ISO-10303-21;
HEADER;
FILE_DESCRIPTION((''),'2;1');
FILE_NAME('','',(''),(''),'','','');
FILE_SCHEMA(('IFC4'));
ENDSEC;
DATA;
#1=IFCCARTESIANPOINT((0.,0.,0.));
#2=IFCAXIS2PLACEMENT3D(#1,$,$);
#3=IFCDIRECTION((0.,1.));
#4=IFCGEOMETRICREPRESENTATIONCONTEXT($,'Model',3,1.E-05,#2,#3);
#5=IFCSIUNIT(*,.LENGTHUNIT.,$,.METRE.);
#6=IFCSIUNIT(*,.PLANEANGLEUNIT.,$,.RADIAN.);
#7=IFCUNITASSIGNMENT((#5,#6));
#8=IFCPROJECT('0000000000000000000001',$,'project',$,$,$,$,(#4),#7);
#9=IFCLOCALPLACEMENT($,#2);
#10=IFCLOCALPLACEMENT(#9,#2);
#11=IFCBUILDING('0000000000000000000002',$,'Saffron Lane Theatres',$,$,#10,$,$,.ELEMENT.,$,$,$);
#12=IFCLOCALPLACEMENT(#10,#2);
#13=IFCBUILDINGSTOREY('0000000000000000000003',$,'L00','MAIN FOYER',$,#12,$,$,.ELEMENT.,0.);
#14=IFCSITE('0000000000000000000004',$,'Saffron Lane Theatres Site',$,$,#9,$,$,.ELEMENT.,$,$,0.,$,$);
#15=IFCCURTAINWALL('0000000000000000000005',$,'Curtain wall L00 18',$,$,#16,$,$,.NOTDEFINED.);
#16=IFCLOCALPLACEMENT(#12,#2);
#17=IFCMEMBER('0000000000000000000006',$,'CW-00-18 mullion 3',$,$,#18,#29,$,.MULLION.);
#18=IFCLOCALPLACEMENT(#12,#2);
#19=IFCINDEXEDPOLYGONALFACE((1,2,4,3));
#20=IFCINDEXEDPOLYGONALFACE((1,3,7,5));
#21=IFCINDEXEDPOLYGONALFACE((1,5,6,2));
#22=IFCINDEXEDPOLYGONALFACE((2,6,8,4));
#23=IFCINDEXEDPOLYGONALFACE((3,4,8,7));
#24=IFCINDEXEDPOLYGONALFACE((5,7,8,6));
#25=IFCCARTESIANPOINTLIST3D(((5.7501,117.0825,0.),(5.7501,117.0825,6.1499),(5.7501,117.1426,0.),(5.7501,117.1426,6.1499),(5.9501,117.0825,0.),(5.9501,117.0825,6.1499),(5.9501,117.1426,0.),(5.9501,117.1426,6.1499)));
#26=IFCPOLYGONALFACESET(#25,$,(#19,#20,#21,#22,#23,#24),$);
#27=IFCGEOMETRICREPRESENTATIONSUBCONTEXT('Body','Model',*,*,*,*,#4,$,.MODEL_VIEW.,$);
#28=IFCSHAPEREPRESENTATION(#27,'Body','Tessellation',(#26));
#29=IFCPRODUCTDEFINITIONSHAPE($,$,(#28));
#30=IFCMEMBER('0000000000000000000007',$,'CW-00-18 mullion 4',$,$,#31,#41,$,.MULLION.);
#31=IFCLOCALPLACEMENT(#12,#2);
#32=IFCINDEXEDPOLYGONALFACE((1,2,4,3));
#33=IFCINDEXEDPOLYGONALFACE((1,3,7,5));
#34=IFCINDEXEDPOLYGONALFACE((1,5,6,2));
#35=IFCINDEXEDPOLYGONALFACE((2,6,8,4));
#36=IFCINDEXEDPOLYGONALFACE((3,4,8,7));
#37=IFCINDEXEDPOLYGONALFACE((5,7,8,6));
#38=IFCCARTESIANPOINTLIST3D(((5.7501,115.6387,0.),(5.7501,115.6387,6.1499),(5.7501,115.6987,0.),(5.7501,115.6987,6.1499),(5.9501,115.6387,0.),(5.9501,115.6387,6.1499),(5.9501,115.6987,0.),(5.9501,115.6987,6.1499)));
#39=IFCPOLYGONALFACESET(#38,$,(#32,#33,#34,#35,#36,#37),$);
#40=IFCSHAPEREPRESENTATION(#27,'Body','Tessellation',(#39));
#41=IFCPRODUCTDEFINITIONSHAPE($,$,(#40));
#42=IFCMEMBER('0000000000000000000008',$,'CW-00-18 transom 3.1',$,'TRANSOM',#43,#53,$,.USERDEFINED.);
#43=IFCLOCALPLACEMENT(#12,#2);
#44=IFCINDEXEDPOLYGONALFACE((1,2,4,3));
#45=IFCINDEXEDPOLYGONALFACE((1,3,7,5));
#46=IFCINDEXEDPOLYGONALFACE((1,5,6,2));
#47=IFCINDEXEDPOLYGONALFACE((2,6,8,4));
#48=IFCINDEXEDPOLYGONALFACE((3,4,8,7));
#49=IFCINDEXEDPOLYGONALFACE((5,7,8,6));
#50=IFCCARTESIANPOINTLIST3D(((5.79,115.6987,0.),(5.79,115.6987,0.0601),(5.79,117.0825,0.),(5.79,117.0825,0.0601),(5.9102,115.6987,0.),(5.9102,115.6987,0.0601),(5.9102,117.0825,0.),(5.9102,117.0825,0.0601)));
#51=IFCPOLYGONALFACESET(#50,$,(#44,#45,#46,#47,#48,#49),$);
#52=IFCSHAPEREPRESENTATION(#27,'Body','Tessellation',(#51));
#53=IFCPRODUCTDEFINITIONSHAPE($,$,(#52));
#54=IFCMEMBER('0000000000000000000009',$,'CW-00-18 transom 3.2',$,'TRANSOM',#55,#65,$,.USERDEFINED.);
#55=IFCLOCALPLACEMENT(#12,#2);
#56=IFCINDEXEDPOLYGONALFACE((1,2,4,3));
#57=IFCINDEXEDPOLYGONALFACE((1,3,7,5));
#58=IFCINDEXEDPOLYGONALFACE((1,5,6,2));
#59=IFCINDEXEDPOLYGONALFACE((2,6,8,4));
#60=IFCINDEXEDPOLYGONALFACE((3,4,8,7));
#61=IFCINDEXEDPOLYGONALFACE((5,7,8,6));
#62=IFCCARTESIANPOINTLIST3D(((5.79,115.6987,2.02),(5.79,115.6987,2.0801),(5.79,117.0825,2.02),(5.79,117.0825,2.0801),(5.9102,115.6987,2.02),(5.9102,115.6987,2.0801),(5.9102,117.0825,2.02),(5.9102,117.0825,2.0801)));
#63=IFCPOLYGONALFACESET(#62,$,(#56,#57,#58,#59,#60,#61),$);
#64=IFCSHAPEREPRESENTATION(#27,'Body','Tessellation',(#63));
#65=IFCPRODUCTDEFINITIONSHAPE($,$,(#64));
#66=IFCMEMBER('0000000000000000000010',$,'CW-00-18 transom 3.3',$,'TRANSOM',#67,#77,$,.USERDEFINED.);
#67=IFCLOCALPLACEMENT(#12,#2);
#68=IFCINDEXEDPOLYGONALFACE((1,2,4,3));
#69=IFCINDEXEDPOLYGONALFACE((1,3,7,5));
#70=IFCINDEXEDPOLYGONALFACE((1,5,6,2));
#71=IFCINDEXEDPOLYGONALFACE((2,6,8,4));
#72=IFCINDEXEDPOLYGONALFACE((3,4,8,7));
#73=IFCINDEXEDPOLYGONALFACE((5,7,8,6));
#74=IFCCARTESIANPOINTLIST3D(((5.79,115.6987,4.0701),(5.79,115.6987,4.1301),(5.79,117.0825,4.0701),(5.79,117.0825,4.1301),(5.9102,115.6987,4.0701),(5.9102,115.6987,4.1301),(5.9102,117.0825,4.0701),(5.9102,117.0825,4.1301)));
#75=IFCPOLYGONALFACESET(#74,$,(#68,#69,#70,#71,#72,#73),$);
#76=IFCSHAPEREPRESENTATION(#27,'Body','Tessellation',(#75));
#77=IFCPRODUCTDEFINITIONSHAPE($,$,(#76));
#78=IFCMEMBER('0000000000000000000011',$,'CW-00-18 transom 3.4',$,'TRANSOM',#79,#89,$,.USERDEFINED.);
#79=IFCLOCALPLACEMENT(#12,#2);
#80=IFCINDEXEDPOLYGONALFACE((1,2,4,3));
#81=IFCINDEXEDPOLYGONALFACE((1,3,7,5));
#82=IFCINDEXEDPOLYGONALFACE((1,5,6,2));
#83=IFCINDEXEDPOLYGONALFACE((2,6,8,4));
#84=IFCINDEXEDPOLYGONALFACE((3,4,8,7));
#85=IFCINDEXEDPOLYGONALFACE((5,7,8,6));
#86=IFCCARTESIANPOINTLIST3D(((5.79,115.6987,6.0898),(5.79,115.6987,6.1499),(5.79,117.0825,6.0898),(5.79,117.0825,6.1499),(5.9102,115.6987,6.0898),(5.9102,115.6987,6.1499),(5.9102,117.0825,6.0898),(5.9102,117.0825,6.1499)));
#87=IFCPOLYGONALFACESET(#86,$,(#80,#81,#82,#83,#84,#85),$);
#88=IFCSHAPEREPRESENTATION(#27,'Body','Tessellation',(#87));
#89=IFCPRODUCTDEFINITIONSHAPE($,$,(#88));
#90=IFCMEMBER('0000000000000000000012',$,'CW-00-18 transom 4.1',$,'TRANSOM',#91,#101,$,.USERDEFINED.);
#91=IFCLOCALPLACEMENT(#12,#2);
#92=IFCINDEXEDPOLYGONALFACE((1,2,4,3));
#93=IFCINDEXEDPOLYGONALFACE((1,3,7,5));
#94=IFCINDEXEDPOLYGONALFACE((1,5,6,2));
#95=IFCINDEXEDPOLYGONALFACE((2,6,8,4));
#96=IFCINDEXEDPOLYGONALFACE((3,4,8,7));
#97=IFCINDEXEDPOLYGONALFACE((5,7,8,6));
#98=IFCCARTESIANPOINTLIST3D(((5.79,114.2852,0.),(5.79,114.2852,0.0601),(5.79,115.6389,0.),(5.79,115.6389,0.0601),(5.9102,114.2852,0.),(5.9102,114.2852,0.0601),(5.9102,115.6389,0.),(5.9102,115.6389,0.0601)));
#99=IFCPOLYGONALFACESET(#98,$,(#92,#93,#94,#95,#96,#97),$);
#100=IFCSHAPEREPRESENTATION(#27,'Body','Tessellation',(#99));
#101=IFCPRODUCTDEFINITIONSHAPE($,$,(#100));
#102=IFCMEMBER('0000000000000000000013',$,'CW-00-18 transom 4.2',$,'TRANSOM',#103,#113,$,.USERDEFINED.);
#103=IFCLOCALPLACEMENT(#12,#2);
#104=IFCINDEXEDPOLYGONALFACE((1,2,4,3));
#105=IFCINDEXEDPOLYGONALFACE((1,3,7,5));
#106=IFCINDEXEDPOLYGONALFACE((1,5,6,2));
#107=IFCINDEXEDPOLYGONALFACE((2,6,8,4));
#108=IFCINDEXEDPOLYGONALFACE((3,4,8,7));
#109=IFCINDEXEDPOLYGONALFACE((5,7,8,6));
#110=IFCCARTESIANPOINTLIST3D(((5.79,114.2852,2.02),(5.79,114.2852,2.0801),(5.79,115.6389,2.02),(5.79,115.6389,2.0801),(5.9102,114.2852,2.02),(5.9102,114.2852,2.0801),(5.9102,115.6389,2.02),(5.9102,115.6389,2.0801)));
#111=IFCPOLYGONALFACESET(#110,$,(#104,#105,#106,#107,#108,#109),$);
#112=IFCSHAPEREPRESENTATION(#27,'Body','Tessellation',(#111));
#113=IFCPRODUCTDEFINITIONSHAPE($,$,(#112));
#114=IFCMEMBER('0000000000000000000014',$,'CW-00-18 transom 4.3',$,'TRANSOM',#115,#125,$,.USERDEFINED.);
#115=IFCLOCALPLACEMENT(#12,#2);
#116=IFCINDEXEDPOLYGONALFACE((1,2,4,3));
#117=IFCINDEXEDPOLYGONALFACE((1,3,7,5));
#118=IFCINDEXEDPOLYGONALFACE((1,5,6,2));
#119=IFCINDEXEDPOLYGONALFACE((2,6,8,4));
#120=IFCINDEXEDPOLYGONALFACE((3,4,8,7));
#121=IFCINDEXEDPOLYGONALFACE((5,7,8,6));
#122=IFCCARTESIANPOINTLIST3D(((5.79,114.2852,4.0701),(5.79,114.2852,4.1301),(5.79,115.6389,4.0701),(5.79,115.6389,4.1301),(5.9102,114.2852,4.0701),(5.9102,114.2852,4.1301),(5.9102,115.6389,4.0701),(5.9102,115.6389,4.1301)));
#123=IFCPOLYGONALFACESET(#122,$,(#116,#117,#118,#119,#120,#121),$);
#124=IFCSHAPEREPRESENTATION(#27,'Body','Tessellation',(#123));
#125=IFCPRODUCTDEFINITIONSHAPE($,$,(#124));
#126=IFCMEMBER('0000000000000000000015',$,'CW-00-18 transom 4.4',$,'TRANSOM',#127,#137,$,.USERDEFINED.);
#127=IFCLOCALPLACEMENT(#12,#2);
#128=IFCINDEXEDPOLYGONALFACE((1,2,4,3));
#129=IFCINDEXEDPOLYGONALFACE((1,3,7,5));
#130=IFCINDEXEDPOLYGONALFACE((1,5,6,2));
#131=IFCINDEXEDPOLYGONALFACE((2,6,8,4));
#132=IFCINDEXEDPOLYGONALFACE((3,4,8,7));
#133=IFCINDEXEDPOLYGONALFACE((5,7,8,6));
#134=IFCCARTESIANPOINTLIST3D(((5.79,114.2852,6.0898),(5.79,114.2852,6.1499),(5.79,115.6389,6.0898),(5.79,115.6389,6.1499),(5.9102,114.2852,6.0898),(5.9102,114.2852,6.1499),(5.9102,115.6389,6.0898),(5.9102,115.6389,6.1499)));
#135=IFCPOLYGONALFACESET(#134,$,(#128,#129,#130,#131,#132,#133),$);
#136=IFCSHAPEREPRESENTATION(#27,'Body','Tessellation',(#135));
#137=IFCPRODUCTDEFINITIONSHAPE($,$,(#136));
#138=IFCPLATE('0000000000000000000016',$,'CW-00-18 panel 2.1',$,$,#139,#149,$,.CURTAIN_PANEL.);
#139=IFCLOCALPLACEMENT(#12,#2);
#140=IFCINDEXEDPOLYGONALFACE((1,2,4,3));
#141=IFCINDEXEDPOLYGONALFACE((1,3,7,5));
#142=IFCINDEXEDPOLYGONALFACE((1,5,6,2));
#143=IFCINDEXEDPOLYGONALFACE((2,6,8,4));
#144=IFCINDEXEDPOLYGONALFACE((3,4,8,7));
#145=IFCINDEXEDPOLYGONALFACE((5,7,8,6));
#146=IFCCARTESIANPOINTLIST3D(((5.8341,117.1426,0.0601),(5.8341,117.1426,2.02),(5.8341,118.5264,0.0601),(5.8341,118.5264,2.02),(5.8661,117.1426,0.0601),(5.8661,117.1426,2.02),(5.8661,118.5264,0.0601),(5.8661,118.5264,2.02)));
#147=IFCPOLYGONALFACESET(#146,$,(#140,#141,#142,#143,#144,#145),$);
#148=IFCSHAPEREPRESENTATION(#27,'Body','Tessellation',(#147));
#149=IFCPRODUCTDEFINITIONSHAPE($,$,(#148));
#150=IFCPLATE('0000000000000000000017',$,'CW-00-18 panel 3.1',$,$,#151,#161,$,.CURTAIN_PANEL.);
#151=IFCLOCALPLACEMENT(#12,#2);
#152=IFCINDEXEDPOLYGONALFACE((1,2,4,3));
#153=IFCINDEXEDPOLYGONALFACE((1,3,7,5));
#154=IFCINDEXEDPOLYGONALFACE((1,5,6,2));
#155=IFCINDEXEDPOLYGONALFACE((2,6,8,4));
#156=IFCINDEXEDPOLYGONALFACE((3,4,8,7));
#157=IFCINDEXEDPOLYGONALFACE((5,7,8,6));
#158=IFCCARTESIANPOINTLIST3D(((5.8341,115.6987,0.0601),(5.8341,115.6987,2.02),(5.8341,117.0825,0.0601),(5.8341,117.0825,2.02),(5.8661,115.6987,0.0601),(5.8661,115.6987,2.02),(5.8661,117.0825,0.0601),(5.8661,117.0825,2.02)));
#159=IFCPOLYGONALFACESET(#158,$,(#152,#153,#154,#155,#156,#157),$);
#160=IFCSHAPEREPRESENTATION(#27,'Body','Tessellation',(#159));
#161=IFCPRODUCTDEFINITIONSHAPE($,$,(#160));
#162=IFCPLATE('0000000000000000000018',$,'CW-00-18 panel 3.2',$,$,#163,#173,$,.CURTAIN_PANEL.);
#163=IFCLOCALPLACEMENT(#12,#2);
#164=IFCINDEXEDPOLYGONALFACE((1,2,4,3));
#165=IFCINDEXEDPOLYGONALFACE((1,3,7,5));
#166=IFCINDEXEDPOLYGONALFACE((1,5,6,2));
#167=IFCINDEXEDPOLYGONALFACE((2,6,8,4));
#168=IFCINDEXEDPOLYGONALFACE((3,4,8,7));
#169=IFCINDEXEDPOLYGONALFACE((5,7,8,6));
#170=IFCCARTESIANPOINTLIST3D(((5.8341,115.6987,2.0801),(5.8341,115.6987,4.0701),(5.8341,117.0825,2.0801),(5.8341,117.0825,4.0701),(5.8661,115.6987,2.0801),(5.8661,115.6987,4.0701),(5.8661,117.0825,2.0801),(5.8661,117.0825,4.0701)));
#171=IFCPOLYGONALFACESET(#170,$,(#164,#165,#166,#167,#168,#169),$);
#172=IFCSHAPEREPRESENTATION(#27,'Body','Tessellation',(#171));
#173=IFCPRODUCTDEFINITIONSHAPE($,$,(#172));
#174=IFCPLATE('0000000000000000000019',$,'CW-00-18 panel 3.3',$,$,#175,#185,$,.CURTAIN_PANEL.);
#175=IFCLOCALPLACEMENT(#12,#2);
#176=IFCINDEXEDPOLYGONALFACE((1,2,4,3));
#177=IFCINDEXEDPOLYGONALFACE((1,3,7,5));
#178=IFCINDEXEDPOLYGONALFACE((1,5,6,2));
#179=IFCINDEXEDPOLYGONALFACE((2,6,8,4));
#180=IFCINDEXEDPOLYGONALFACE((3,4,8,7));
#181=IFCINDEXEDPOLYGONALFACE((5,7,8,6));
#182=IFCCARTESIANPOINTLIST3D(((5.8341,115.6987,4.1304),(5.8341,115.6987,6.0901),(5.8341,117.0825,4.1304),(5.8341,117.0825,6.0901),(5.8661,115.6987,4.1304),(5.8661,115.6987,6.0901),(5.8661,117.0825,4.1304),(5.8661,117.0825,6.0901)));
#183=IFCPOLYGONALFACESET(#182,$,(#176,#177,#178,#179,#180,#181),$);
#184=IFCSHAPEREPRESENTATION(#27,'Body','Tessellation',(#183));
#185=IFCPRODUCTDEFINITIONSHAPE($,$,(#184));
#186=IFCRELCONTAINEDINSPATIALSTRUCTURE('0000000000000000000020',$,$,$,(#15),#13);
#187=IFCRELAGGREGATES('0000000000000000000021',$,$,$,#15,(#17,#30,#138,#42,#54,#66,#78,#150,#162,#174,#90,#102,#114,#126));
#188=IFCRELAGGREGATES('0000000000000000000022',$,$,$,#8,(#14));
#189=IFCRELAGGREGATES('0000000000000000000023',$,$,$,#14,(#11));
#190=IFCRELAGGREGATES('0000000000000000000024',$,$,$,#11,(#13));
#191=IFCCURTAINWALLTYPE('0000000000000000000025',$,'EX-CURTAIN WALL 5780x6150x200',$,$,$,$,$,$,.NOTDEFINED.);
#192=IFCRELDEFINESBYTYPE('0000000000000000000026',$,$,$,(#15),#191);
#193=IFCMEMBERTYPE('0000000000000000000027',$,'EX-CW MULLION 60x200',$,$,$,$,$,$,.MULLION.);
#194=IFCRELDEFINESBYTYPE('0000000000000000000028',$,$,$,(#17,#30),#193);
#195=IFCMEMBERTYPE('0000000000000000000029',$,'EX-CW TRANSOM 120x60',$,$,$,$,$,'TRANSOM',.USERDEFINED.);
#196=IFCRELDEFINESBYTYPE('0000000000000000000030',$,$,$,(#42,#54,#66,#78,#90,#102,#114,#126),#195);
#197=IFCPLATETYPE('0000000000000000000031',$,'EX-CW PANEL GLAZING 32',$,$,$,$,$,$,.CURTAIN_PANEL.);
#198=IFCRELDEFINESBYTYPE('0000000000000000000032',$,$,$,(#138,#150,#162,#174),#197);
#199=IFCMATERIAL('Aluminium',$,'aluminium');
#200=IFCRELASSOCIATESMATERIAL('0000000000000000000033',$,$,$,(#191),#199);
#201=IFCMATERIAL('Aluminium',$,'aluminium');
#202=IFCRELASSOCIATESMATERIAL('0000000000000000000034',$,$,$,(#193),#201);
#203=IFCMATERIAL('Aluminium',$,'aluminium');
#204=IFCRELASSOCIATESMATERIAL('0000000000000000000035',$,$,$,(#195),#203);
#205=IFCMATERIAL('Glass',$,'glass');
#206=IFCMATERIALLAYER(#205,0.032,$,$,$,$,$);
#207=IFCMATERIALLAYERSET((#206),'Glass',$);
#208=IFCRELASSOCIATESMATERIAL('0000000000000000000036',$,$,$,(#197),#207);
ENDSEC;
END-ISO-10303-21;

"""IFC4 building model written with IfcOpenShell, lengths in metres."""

from ifc_helpers import new_model, si_unit, direction, frame, origin, origin_2d, place, context, subcontext, project, spatial, rectangle, extrude, material, layer, layer_set, material_profile, profile_set, type_object, element, aggregate, save


model = new_model("IFC4")

# Units and contexts
model_context = context("Model", 3, precision=1e-05, world=origin(), true_north=direction((0.0, 1.0)))
body_context = subcontext(model_context, "Body", "Model", "MODEL_VIEW")
ifc_project = project(units=[si_unit("LENGTHUNIT", "METRE"), si_unit("PLANEANGLEUNIT", "RADIAN")], contexts=[model_context])

# Site, building, storey
site_placement = place(None, origin())
site = spatial("IfcSite", under=ifc_project, at=site_placement, Name="Saffron Lane Theatres Site", CompositionType="ELEMENT", RefElevation=0.0)
building_placement = place(site_placement, origin())
building = spatial("IfcBuilding", under=site, at=building_placement, Name="Saffron Lane Theatres", CompositionType="ELEMENT")
storey_placement = place(building_placement, origin())
storey = spatial("IfcBuildingStorey", under=building, at=storey_placement, Name="L00", Description="MAIN FOYER", CompositionType="ELEMENT", Elevation=0.0)

# Curtain wall, members, plates
ifc_material_1 = material(Name="Aluminium", Category="aluminium")
curtain_wall_type = type_object("IfcCurtainWallType", Name="EX-CURTAIN WALL 5780x6150x200", PredefinedType="NOTDEFINED", material=ifc_material_1)
curtain_wall_placement = place(storey_placement, origin())
curtain_wall = element("IfcCurtainWall", 1, at=curtain_wall_placement, inside=storey, type_object=curtain_wall_type, Name="Curtain wall L00 18", PredefinedType="NOTDEFINED")
ifc_material_2 = material(Name="Aluminium", Category="aluminium")
ifc_material_profile_1 = material_profile(ifc_material_2, rectangle(XDim=0.0601, YDim=0.2, at=origin_2d()))
ifc_profile_set_1 = profile_set([ifc_material_profile_1], Name="Aluminium")
member_type_1 = type_object("IfcMemberType", Name="EX-CW MULLION 60x200", PredefinedType="MULLION", material=ifc_profile_set_1)
member_1_placement = place(storey_placement, frame((5.8501, 117.1125, 0.0), z_axis=(0.0, 0.0, 1.0), x_axis=(0.0, -1.0, 0.0)))
member_1 = element("IfcMember", 2, at=member_1_placement, type_object=member_type_1, Name="CW-00-18 mullion 3", PredefinedType="MULLION", context=body_context, shape_type="SweptSolid", body=[
    extrude(rectangle(XDim=0.0601, YDim=0.2, at=origin_2d()), origin(), (0.0, 0.0, 1.0), 6.1499),
])
member_2_placement = place(storey_placement, frame((5.8501, 115.6687, 0.0), z_axis=(0.0, 0.0, 1.0), x_axis=(0.0, -1.0, 0.0)))
member_2 = element("IfcMember", 3, at=member_2_placement, type_object=member_type_1, Name="CW-00-18 mullion 4", PredefinedType="MULLION", context=body_context, shape_type="SweptSolid", body=[
    extrude(rectangle(XDim=0.0601, YDim=0.2, at=origin_2d()), origin(), (0.0, 0.0, 1.0), 6.1499),
])
ifc_material_3 = material(Name="Aluminium", Category="aluminium")
ifc_material_profile_2 = material_profile(ifc_material_3, rectangle(XDim=0.1201, YDim=0.0601, at=origin_2d()))
ifc_profile_set_2 = profile_set([ifc_material_profile_2], Name="Aluminium")
member_type_2 = type_object("IfcMemberType", Name="EX-CW TRANSOM 120x60", ElementType="TRANSOM", PredefinedType="USERDEFINED", material=ifc_profile_set_2)
member_3_placement = place(storey_placement, frame((5.8501, 117.0825, 0.03), z_axis=(0.0, -1.0, 0.0), x_axis=(1.0, 0.0, 0.0)))
member_3 = element("IfcMember", 4, at=member_3_placement, type_object=member_type_2, Name="CW-00-18 transom 3.1", ObjectType="TRANSOM", PredefinedType="USERDEFINED", context=body_context, shape_type="SweptSolid", body=[
    extrude(rectangle(XDim=0.1201, YDim=0.0601, at=origin_2d()), origin(), (0.0, 0.0, 1.0), 1.3838),
])
member_4_placement = place(storey_placement, frame((5.8501, 117.0825, 2.05), z_axis=(0.0, -1.0, 0.0), x_axis=(1.0, 0.0, 0.0)))
member_4 = element("IfcMember", 5, at=member_4_placement, type_object=member_type_2, Name="CW-00-18 transom 3.2", ObjectType="TRANSOM", PredefinedType="USERDEFINED", context=body_context, shape_type="SweptSolid", body=[
    extrude(rectangle(XDim=0.1201, YDim=0.0601, at=origin_2d()), origin(), (0.0, 0.0, 1.0), 1.3838),
])
member_5_placement = place(storey_placement, frame((5.8501, 117.0825, 4.1001), z_axis=(0.0, -1.0, 0.0), x_axis=(1.0, 0.0, 0.0)))
member_5 = element("IfcMember", 6, at=member_5_placement, type_object=member_type_2, Name="CW-00-18 transom 3.3", ObjectType="TRANSOM", PredefinedType="USERDEFINED", context=body_context, shape_type="SweptSolid", body=[
    extrude(rectangle(XDim=0.1201, YDim=0.0601, at=origin_2d()), origin(), (0.0, 0.0, 1.0), 1.3838),
])
member_6_placement = place(storey_placement, frame((5.8501, 117.0825, 6.1199), z_axis=(0.0, -1.0, 0.0), x_axis=(1.0, 0.0, 0.0)))
member_6 = element("IfcMember", 7, at=member_6_placement, type_object=member_type_2, Name="CW-00-18 transom 3.4", ObjectType="TRANSOM", PredefinedType="USERDEFINED", context=body_context, shape_type="SweptSolid", body=[
    extrude(rectangle(XDim=0.1201, YDim=0.0601, at=origin_2d()), origin(), (0.0, 0.0, 1.0), 1.3838),
])
member_7_placement = place(storey_placement, frame((5.8501, 115.6389, 0.03), z_axis=(0.0, -1.0, 0.0), x_axis=(1.0, 0.0, 0.0)))
member_7 = element("IfcMember", 8, at=member_7_placement, type_object=member_type_2, Name="CW-00-18 transom 4.1", ObjectType="TRANSOM", PredefinedType="USERDEFINED", context=body_context, shape_type="SweptSolid", body=[
    extrude(rectangle(XDim=0.1201, YDim=0.0601, at=origin_2d()), origin(), (0.0, 0.0, 1.0), 1.3538),
])
member_8_placement = place(storey_placement, frame((5.8501, 115.6389, 2.05), z_axis=(0.0, -1.0, 0.0), x_axis=(1.0, 0.0, 0.0)))
member_8 = element("IfcMember", 9, at=member_8_placement, type_object=member_type_2, Name="CW-00-18 transom 4.2", ObjectType="TRANSOM", PredefinedType="USERDEFINED", context=body_context, shape_type="SweptSolid", body=[
    extrude(rectangle(XDim=0.1201, YDim=0.0601, at=origin_2d()), origin(), (0.0, 0.0, 1.0), 1.3538),
])
member_9_placement = place(storey_placement, frame((5.8501, 115.6389, 4.1001), z_axis=(0.0, -1.0, 0.0), x_axis=(1.0, 0.0, 0.0)))
member_9 = element("IfcMember", 10, at=member_9_placement, type_object=member_type_2, Name="CW-00-18 transom 4.3", ObjectType="TRANSOM", PredefinedType="USERDEFINED", context=body_context, shape_type="SweptSolid", body=[
    extrude(rectangle(XDim=0.1201, YDim=0.0601, at=origin_2d()), origin(), (0.0, 0.0, 1.0), 1.3538),
])
member_10_placement = place(storey_placement, frame((5.8501, 115.6389, 6.1199), z_axis=(0.0, -1.0, 0.0), x_axis=(1.0, 0.0, 0.0)))
member_10 = element("IfcMember", 11, at=member_10_placement, type_object=member_type_2, Name="CW-00-18 transom 4.4", ObjectType="TRANSOM", PredefinedType="USERDEFINED", context=body_context, shape_type="SweptSolid", body=[
    extrude(rectangle(XDim=0.1201, YDim=0.0601, at=origin_2d()), origin(), (0.0, 0.0, 1.0), 1.3538),
])
ifc_material_4 = material(Name="Glass", Category="glass")
ifc_layer_1 = layer(ifc_material_4, 0.032)
ifc_layer_set_1 = layer_set([ifc_layer_1], Name="Glass")
plate_type = type_object("IfcPlateType", Name="EX-CW PANEL GLAZING 32", PredefinedType="CURTAIN_PANEL", material=ifc_layer_set_1)
plate_1_placement = place(storey_placement, frame((5.8501, 117.8345, 0.0601), z_axis=(0.0, 0.0, 1.0), x_axis=(0.0, -1.0, 0.0)))
plate_1 = element("IfcPlate", 12, at=plate_1_placement, type_object=plate_type, Name="CW-00-18 panel 2.1", PredefinedType="CURTAIN_PANEL", context=body_context, shape_type="SweptSolid", body=[
    extrude(rectangle(XDim=1.3838, YDim=0.032, at=origin_2d()), origin(), (0.0, 0.0, 1.0), 1.96),
])
plate_2_placement = place(storey_placement, frame((5.8501, 116.3906, 0.0601), z_axis=(0.0, 0.0, 1.0), x_axis=(0.0, -1.0, 0.0)))
plate_2 = element("IfcPlate", 13, at=plate_2_placement, type_object=plate_type, Name="CW-00-18 panel 3.1", PredefinedType="CURTAIN_PANEL", context=body_context, shape_type="SweptSolid", body=[
    extrude(rectangle(XDim=1.3838, YDim=0.032, at=origin_2d()), origin(), (0.0, 0.0, 1.0), 1.96),
])
plate_3_placement = place(storey_placement, frame((5.8501, 116.3906, 2.0801), z_axis=(0.0, 0.0, 1.0), x_axis=(0.0, -1.0, 0.0)))
plate_3 = element("IfcPlate", 14, at=plate_3_placement, type_object=plate_type, Name="CW-00-18 panel 3.2", PredefinedType="CURTAIN_PANEL", context=body_context, shape_type="SweptSolid", body=[
    extrude(rectangle(XDim=1.3838, YDim=0.032, at=origin_2d()), origin(), (0.0, 0.0, 1.0), 1.99),
])
plate_4_placement = place(storey_placement, frame((5.8501, 116.3906, 4.1304), z_axis=(0.0, 0.0, 1.0), x_axis=(0.0, -1.0, 0.0)))
plate_4 = element("IfcPlate", 15, at=plate_4_placement, type_object=plate_type, Name="CW-00-18 panel 3.3", PredefinedType="CURTAIN_PANEL", context=body_context, shape_type="SweptSolid", body=[
    extrude(rectangle(XDim=1.3838, YDim=0.032, at=origin_2d()), origin(), (0.0, 0.0, 1.0), 1.9597),
])
aggregate(curtain_wall, [member_1, member_2, plate_1, member_3, member_4, member_5, member_6, plate_2, plate_3, plate_4, member_7, member_8, member_9, member_10])

save(model, "model.ifc")
